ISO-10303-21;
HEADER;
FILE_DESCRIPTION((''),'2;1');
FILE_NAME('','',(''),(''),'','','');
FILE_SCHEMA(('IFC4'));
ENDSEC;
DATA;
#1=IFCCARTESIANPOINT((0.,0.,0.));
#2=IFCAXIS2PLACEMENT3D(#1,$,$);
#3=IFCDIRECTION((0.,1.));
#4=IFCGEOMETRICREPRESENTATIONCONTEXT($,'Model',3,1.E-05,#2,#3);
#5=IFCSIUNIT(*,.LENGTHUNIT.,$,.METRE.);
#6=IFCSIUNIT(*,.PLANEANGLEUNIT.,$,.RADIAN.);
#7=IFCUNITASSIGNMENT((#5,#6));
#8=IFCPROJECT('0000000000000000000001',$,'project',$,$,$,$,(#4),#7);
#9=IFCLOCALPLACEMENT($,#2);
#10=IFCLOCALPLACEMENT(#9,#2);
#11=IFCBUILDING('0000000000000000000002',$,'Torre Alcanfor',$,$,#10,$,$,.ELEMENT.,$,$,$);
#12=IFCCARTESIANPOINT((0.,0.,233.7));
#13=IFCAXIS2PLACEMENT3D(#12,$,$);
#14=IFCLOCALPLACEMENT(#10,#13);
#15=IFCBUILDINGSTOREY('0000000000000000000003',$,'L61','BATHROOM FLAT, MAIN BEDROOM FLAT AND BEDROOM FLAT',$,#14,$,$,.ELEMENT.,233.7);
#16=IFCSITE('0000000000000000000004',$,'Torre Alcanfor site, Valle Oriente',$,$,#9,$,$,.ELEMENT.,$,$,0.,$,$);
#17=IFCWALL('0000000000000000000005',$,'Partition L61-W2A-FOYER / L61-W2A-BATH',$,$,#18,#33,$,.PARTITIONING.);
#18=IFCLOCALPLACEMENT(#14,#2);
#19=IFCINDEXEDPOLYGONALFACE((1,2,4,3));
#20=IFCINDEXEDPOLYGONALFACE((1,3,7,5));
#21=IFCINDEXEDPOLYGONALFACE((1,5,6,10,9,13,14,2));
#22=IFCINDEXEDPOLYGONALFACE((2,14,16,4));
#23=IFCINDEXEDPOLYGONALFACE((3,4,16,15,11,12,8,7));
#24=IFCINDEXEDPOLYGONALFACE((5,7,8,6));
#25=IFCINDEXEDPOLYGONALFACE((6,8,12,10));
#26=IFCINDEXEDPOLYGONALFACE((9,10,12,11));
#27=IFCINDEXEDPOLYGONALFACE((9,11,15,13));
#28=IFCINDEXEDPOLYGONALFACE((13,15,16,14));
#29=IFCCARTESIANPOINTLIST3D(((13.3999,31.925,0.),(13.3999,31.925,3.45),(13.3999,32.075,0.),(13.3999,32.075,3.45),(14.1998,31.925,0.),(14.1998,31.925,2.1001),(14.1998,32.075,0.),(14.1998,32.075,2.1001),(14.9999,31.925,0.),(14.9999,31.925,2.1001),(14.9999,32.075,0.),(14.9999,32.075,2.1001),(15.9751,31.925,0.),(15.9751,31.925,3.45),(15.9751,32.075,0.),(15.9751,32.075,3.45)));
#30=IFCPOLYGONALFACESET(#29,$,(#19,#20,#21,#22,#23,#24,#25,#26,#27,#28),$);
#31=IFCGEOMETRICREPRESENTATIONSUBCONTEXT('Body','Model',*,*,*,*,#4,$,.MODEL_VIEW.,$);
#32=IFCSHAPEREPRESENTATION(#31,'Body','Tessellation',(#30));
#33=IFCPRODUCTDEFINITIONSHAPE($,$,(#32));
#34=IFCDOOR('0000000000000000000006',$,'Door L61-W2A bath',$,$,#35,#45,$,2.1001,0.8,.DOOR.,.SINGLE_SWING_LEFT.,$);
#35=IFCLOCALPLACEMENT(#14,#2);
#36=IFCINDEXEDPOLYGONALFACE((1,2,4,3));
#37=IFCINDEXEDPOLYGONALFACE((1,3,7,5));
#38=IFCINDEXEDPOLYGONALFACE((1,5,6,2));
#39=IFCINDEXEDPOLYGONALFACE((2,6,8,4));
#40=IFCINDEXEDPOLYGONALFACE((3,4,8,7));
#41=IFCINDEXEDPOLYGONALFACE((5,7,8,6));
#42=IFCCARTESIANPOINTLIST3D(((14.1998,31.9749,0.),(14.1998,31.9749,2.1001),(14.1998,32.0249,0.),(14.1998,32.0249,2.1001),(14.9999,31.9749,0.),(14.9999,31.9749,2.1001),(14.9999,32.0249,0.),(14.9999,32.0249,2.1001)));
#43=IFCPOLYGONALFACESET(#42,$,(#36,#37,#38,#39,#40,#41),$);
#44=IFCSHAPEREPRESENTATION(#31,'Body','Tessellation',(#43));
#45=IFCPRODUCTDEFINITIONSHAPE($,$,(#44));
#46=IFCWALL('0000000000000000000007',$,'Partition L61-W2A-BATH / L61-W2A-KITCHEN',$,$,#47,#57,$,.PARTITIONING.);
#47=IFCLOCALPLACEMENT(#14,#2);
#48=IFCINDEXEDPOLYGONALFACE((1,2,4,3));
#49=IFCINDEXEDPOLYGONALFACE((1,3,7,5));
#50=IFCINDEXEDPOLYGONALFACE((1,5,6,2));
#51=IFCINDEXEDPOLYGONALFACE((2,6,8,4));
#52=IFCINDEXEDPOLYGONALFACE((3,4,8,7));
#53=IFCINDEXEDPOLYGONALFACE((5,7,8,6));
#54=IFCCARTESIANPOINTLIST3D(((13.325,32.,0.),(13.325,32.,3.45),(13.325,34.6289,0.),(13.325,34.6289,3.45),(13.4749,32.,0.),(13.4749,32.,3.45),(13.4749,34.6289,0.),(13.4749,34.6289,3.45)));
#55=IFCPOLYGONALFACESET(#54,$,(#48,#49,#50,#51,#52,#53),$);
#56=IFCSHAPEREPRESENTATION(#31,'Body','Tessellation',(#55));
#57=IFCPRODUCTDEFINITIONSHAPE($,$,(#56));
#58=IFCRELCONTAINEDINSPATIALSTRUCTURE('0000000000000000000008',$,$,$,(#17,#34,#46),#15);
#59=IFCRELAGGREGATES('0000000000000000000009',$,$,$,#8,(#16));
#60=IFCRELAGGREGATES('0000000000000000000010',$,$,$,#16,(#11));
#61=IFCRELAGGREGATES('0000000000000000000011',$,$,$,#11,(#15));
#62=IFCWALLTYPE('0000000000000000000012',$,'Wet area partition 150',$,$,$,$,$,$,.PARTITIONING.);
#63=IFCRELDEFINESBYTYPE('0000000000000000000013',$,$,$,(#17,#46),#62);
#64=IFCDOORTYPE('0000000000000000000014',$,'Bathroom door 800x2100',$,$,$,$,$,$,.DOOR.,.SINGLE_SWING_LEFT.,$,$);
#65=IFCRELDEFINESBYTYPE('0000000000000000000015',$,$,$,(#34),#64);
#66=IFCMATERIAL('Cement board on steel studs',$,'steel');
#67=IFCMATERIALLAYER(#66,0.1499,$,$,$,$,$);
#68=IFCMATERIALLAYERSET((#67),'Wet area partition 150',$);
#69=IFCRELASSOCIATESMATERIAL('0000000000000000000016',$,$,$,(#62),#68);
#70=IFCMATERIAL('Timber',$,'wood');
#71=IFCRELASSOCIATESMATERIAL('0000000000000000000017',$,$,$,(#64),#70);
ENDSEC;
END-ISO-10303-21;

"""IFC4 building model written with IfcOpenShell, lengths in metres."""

from ifc_helpers import new_model, si_unit, direction, frame, frame_2d, origin, place, context, subcontext, project, spatial, rectangle, extrude, material, layer, layer_set, type_object, element, fill, save


model = new_model("IFC4")

# Units and contexts
model_context = context("Model", 3, precision=1e-05, world=origin(), true_north=direction((0.0, 1.0)))
body_context = subcontext(model_context, "Body", "Model", "MODEL_VIEW")
ifc_project = project(units=[si_unit("LENGTHUNIT", "METRE"), si_unit("PLANEANGLEUNIT", "RADIAN")], contexts=[model_context])

# Site, building, storey
site_placement = place(None, origin())
site = spatial("IfcSite", under=ifc_project, at=site_placement, Name="Torre Alcanfor site, Valle Oriente", CompositionType="ELEMENT", RefElevation=0.0)
building_placement = place(site_placement, origin())
building = spatial("IfcBuilding", under=site, at=building_placement, Name="Torre Alcanfor", CompositionType="ELEMENT")
storey_placement = place(building_placement, frame((0.0, 0.0, 233.7)))
storey = spatial("IfcBuildingStorey", under=building, at=storey_placement, Name="L61", Description="BATHROOM FLAT, MAIN BEDROOM FLAT AND BEDROOM FLAT", CompositionType="ELEMENT", Elevation=233.7)

# Wall, opening, door
ifc_material_1 = material(Name="Cement board on steel studs", Category="steel")
ifc_layer_1 = layer(ifc_material_1, 0.1499)
ifc_layer_set_1 = layer_set([ifc_layer_1], Name="Wet area partition 150")
wall_type_1 = type_object("IfcWallType", Name="Wet area partition 150", PredefinedType="PARTITIONING", material=ifc_layer_set_1)
wall_1_placement = place(storey_placement, frame((13.3999, 32.0, 0.0), z_axis=(0.0, 0.0, 1.0), x_axis=(1.0, 0.0, 0.0)))
wall_1 = element("IfcWall", 1, at=wall_1_placement, inside=storey, type_object=wall_type_1, Name="Partition L61-W2A-FOYER / L61-W2A-BATH", PredefinedType="PARTITIONING", context=body_context, shape_type="SweptSolid", body=[
    extrude(rectangle(XDim=2.5752, YDim=0.1499, at=frame_2d((1.2876, 0.0))), origin(), (0.0, 0.0, 1.0), 3.45),
])
opening_1_placement = place(wall_1_placement, frame((0.8, 0.0, 0.0)))
opening_1 = element("IfcOpeningElement", 2, at=opening_1_placement, cuts=wall_1, PredefinedType="OPENING", context=body_context, shape_type="SweptSolid", body=[
    extrude(rectangle(XDim=0.8, YDim=2.1001, at=frame_2d((0.3999, 1.05))), frame((0.0, 0.085, 0.0), z_axis=(0.0, -1.0, 0.0), x_axis=(1.0, 0.0, 0.0)), (0.0, 0.0, 1.0), 0.1699),
])
ifc_material_2 = material(Name="Timber", Category="wood")
door_type_1 = type_object("IfcDoorType", Name="Bathroom door 800x2100", OperationType="SINGLE_SWING_LEFT", PredefinedType="DOOR", material=ifc_material_2)
door_1_placement = place(opening_1_placement, origin())
door_1 = element("IfcDoor", 3, at=door_1_placement, inside=storey, type_object=door_type_1, Name="Door L61-W2A bath", OperationType="SINGLE_SWING_LEFT", OverallHeight=2.1001, OverallWidth=0.8, PredefinedType="DOOR", context=body_context, shape_type="SweptSolid", body=[
    extrude(rectangle(XDim=0.8, YDim=2.1001, at=frame_2d((0.3999, 1.05))), frame((0.0, 0.0249, 0.0), z_axis=(0.0, -1.0, 0.0), x_axis=(1.0, 0.0, 0.0)), (0.0, 0.0, 1.0), 0.05),
])
fill(opening_1, door_1)

# Wall
wall_2_placement = place(storey_placement, frame((13.3999, 32.0, 0.0), z_axis=(0.0, 0.0, 1.0), x_axis=(0.0, 1.0, 0.0)))
element("IfcWall", 4, at=wall_2_placement, inside=storey, type_object=wall_type_1, Name="Partition L61-W2A-BATH / L61-W2A-KITCHEN", PredefinedType="PARTITIONING", context=body_context, shape_type="SweptSolid", body=[
    extrude(rectangle(XDim=2.6289, YDim=0.1499, at=frame_2d((1.3145, 0.0))), origin(), (0.0, 0.0, 1.0), 3.45),
])

save(model, "model.ifc")
